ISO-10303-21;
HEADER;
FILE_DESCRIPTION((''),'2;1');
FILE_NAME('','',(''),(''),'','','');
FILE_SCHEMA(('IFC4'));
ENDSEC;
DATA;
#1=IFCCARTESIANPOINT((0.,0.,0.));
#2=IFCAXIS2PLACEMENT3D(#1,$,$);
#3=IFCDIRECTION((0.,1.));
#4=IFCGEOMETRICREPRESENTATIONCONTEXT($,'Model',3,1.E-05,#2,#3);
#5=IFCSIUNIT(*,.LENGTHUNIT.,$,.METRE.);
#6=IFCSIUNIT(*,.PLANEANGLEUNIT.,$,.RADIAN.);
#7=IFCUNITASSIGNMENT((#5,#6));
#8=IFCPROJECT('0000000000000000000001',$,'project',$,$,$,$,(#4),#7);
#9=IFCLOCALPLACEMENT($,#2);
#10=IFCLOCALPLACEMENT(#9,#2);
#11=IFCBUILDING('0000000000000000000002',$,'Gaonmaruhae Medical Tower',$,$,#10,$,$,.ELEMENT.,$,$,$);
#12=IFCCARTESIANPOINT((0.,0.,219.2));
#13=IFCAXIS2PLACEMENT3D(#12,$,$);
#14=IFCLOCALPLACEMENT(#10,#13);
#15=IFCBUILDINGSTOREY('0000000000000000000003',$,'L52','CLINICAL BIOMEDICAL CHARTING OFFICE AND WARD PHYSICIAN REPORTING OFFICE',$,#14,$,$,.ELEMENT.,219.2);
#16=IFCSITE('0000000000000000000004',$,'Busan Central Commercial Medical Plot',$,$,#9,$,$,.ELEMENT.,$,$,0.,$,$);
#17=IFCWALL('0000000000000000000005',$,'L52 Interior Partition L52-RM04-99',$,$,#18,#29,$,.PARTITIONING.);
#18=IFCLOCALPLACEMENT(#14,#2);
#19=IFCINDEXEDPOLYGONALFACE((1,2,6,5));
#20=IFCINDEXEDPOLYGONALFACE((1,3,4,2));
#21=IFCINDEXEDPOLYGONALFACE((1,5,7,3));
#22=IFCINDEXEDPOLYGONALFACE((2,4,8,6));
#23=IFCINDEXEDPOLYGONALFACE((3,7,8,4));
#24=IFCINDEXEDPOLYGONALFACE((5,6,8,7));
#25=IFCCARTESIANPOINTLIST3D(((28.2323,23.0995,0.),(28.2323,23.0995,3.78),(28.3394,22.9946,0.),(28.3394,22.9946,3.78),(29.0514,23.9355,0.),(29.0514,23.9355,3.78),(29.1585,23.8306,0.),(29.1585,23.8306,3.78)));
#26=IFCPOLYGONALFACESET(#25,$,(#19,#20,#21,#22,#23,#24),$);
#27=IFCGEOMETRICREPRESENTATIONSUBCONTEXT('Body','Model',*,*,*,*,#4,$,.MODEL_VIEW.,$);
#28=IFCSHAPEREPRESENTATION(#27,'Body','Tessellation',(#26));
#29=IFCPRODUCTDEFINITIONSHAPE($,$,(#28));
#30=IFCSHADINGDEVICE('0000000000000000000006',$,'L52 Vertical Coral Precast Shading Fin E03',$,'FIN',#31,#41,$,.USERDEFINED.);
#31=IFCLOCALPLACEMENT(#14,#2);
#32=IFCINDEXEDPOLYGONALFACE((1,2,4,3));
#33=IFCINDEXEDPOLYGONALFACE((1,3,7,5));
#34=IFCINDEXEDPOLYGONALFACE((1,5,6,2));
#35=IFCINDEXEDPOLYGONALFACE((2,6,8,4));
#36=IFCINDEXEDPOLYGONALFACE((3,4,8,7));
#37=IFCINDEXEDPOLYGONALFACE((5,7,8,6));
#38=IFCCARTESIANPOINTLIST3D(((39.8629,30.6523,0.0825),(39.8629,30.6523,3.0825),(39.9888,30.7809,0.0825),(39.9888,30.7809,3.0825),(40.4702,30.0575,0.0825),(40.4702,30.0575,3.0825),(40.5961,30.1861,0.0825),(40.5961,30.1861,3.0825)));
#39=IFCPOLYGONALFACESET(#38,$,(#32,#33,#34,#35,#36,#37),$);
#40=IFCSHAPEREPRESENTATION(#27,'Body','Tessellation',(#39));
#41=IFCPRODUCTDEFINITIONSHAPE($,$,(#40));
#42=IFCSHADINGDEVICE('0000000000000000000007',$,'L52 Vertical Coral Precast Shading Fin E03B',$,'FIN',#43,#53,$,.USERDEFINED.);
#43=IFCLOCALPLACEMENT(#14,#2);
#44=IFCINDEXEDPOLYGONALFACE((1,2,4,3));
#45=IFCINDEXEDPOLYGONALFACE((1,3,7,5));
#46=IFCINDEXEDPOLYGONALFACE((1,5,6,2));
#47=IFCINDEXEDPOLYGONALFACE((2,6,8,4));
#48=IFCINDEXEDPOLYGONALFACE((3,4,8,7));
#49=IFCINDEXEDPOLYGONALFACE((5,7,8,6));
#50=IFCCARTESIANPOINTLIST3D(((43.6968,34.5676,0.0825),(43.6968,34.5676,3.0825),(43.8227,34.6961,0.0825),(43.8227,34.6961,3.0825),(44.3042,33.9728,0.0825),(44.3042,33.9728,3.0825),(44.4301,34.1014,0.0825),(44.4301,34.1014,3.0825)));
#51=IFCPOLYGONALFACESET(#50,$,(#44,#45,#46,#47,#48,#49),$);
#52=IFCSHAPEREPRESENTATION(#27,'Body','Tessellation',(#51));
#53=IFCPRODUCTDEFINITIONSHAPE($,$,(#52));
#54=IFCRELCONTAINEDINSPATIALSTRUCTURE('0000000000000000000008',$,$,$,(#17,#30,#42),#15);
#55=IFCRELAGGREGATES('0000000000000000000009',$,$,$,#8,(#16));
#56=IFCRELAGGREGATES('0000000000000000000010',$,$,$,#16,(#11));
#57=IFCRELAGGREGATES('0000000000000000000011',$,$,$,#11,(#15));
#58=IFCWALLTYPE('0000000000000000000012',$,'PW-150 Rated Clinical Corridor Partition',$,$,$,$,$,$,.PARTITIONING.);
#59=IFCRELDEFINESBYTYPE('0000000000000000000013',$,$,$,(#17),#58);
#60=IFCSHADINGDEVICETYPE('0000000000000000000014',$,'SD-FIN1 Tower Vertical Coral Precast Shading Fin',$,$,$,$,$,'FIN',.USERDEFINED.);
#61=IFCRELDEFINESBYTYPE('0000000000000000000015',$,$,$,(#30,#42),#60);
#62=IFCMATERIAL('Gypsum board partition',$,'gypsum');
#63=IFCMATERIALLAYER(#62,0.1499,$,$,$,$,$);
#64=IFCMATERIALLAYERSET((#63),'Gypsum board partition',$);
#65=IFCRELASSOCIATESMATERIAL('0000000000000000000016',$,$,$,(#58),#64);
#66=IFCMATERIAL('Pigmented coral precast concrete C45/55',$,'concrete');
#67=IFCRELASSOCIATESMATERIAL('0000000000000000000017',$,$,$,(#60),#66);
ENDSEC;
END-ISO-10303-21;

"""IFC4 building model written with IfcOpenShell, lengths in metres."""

from ifc_helpers import new_model, si_unit, direction, frame, frame_2d, origin, origin_2d, place, context, subcontext, project, spatial, rectangle, extrude, material, layer, layer_set, type_object, element, save


model = new_model("IFC4")

# Units and contexts
model_context = context("Model", 3, precision=1e-05, world=origin(), true_north=direction((0.0, 1.0)))
body_context = subcontext(model_context, "Body", "Model", "MODEL_VIEW")
ifc_project = project(units=[si_unit("LENGTHUNIT", "METRE"), si_unit("PLANEANGLEUNIT", "RADIAN")], contexts=[model_context])

# Site, building, storey
site_placement = place(None, origin())
site = spatial("IfcSite", under=ifc_project, at=site_placement, Name="Busan Central Commercial Medical Plot", CompositionType="ELEMENT", RefElevation=0.0)
building_placement = place(site_placement, origin())
building = spatial("IfcBuilding", under=site, at=building_placement, Name="Gaonmaruhae Medical Tower", CompositionType="ELEMENT")
storey_placement = place(building_placement, frame((0.0, 0.0, 219.2)))
storey = spatial("IfcBuildingStorey", under=building, at=storey_placement, Name="L52", Description="CLINICAL BIOMEDICAL CHARTING OFFICE AND WARD PHYSICIAN REPORTING OFFICE", CompositionType="ELEMENT", Elevation=219.2)

# Shared definitions
ifc_material_1 = material(Name="Gypsum board partition", Category="gypsum")
ifc_layer_1 = layer(ifc_material_1, 0.1499)
ifc_layer_set_1 = layer_set([ifc_layer_1], Name="Gypsum board partition")
wall_type_1 = type_object("IfcWallType", Name="PW-150 Rated Clinical Corridor Partition", PredefinedType="PARTITIONING", material=ifc_layer_set_1)

# Wall
wall_1_placement = place(storey_placement, frame((29.105, 23.8831, 0.0), z_axis=(0.0, 0.0, 1.0), x_axis=(-0.699873, -0.714267, 0.0)))
element("IfcWall", 1, at=wall_1_placement, inside=storey, type_object=wall_type_1, Name="L52 Interior Partition L52-RM04-99", PredefinedType="PARTITIONING", context=body_context, shape_type="SweptSolid", body=[
    extrude(rectangle(XDim=1.1704, YDim=0.1499, at=frame_2d((0.5852, 0.0))), origin(), (0.0, 0.0, 1.0), 3.78),
])

# Shading devices
ifc_material_2 = material(Name="Pigmented coral precast concrete C45/55", Category="concrete")
shading_device_type = type_object("IfcShadingDeviceType", Name="SD-FIN1 Tower Vertical Coral Precast Shading Fin", ElementType="FIN", PredefinedType="USERDEFINED", material=ifc_material_2)
for number, where, z_axis, x_axis, name in (
    (2, (40.2295, 30.4192, 0.0825), (0.0, 0.0, 1.0), (0.699663, 0.714473, 0.0), "L52 Vertical Coral Precast Shading Fin E03"),
    (3, (44.0635, 34.3345, 0.0825), (0.0, 0.0, 1.0), (0.699663, 0.714473, 0.0), "L52 Vertical Coral Precast Shading Fin E03B"),
):
    element("IfcShadingDevice", number, at=place(storey_placement, frame(where, z_axis=z_axis, x_axis=x_axis)), inside=storey, type_object=shading_device_type, Name=name, ObjectType="FIN", PredefinedType="USERDEFINED", context=body_context, shape_type="SweptSolid", body=[
        extrude(rectangle(XDim=0.1799, YDim=0.8501, at=origin_2d()), origin(), (0.0, 0.0, 1.0), 3.0),
    ])

save(model, "model.ifc")
